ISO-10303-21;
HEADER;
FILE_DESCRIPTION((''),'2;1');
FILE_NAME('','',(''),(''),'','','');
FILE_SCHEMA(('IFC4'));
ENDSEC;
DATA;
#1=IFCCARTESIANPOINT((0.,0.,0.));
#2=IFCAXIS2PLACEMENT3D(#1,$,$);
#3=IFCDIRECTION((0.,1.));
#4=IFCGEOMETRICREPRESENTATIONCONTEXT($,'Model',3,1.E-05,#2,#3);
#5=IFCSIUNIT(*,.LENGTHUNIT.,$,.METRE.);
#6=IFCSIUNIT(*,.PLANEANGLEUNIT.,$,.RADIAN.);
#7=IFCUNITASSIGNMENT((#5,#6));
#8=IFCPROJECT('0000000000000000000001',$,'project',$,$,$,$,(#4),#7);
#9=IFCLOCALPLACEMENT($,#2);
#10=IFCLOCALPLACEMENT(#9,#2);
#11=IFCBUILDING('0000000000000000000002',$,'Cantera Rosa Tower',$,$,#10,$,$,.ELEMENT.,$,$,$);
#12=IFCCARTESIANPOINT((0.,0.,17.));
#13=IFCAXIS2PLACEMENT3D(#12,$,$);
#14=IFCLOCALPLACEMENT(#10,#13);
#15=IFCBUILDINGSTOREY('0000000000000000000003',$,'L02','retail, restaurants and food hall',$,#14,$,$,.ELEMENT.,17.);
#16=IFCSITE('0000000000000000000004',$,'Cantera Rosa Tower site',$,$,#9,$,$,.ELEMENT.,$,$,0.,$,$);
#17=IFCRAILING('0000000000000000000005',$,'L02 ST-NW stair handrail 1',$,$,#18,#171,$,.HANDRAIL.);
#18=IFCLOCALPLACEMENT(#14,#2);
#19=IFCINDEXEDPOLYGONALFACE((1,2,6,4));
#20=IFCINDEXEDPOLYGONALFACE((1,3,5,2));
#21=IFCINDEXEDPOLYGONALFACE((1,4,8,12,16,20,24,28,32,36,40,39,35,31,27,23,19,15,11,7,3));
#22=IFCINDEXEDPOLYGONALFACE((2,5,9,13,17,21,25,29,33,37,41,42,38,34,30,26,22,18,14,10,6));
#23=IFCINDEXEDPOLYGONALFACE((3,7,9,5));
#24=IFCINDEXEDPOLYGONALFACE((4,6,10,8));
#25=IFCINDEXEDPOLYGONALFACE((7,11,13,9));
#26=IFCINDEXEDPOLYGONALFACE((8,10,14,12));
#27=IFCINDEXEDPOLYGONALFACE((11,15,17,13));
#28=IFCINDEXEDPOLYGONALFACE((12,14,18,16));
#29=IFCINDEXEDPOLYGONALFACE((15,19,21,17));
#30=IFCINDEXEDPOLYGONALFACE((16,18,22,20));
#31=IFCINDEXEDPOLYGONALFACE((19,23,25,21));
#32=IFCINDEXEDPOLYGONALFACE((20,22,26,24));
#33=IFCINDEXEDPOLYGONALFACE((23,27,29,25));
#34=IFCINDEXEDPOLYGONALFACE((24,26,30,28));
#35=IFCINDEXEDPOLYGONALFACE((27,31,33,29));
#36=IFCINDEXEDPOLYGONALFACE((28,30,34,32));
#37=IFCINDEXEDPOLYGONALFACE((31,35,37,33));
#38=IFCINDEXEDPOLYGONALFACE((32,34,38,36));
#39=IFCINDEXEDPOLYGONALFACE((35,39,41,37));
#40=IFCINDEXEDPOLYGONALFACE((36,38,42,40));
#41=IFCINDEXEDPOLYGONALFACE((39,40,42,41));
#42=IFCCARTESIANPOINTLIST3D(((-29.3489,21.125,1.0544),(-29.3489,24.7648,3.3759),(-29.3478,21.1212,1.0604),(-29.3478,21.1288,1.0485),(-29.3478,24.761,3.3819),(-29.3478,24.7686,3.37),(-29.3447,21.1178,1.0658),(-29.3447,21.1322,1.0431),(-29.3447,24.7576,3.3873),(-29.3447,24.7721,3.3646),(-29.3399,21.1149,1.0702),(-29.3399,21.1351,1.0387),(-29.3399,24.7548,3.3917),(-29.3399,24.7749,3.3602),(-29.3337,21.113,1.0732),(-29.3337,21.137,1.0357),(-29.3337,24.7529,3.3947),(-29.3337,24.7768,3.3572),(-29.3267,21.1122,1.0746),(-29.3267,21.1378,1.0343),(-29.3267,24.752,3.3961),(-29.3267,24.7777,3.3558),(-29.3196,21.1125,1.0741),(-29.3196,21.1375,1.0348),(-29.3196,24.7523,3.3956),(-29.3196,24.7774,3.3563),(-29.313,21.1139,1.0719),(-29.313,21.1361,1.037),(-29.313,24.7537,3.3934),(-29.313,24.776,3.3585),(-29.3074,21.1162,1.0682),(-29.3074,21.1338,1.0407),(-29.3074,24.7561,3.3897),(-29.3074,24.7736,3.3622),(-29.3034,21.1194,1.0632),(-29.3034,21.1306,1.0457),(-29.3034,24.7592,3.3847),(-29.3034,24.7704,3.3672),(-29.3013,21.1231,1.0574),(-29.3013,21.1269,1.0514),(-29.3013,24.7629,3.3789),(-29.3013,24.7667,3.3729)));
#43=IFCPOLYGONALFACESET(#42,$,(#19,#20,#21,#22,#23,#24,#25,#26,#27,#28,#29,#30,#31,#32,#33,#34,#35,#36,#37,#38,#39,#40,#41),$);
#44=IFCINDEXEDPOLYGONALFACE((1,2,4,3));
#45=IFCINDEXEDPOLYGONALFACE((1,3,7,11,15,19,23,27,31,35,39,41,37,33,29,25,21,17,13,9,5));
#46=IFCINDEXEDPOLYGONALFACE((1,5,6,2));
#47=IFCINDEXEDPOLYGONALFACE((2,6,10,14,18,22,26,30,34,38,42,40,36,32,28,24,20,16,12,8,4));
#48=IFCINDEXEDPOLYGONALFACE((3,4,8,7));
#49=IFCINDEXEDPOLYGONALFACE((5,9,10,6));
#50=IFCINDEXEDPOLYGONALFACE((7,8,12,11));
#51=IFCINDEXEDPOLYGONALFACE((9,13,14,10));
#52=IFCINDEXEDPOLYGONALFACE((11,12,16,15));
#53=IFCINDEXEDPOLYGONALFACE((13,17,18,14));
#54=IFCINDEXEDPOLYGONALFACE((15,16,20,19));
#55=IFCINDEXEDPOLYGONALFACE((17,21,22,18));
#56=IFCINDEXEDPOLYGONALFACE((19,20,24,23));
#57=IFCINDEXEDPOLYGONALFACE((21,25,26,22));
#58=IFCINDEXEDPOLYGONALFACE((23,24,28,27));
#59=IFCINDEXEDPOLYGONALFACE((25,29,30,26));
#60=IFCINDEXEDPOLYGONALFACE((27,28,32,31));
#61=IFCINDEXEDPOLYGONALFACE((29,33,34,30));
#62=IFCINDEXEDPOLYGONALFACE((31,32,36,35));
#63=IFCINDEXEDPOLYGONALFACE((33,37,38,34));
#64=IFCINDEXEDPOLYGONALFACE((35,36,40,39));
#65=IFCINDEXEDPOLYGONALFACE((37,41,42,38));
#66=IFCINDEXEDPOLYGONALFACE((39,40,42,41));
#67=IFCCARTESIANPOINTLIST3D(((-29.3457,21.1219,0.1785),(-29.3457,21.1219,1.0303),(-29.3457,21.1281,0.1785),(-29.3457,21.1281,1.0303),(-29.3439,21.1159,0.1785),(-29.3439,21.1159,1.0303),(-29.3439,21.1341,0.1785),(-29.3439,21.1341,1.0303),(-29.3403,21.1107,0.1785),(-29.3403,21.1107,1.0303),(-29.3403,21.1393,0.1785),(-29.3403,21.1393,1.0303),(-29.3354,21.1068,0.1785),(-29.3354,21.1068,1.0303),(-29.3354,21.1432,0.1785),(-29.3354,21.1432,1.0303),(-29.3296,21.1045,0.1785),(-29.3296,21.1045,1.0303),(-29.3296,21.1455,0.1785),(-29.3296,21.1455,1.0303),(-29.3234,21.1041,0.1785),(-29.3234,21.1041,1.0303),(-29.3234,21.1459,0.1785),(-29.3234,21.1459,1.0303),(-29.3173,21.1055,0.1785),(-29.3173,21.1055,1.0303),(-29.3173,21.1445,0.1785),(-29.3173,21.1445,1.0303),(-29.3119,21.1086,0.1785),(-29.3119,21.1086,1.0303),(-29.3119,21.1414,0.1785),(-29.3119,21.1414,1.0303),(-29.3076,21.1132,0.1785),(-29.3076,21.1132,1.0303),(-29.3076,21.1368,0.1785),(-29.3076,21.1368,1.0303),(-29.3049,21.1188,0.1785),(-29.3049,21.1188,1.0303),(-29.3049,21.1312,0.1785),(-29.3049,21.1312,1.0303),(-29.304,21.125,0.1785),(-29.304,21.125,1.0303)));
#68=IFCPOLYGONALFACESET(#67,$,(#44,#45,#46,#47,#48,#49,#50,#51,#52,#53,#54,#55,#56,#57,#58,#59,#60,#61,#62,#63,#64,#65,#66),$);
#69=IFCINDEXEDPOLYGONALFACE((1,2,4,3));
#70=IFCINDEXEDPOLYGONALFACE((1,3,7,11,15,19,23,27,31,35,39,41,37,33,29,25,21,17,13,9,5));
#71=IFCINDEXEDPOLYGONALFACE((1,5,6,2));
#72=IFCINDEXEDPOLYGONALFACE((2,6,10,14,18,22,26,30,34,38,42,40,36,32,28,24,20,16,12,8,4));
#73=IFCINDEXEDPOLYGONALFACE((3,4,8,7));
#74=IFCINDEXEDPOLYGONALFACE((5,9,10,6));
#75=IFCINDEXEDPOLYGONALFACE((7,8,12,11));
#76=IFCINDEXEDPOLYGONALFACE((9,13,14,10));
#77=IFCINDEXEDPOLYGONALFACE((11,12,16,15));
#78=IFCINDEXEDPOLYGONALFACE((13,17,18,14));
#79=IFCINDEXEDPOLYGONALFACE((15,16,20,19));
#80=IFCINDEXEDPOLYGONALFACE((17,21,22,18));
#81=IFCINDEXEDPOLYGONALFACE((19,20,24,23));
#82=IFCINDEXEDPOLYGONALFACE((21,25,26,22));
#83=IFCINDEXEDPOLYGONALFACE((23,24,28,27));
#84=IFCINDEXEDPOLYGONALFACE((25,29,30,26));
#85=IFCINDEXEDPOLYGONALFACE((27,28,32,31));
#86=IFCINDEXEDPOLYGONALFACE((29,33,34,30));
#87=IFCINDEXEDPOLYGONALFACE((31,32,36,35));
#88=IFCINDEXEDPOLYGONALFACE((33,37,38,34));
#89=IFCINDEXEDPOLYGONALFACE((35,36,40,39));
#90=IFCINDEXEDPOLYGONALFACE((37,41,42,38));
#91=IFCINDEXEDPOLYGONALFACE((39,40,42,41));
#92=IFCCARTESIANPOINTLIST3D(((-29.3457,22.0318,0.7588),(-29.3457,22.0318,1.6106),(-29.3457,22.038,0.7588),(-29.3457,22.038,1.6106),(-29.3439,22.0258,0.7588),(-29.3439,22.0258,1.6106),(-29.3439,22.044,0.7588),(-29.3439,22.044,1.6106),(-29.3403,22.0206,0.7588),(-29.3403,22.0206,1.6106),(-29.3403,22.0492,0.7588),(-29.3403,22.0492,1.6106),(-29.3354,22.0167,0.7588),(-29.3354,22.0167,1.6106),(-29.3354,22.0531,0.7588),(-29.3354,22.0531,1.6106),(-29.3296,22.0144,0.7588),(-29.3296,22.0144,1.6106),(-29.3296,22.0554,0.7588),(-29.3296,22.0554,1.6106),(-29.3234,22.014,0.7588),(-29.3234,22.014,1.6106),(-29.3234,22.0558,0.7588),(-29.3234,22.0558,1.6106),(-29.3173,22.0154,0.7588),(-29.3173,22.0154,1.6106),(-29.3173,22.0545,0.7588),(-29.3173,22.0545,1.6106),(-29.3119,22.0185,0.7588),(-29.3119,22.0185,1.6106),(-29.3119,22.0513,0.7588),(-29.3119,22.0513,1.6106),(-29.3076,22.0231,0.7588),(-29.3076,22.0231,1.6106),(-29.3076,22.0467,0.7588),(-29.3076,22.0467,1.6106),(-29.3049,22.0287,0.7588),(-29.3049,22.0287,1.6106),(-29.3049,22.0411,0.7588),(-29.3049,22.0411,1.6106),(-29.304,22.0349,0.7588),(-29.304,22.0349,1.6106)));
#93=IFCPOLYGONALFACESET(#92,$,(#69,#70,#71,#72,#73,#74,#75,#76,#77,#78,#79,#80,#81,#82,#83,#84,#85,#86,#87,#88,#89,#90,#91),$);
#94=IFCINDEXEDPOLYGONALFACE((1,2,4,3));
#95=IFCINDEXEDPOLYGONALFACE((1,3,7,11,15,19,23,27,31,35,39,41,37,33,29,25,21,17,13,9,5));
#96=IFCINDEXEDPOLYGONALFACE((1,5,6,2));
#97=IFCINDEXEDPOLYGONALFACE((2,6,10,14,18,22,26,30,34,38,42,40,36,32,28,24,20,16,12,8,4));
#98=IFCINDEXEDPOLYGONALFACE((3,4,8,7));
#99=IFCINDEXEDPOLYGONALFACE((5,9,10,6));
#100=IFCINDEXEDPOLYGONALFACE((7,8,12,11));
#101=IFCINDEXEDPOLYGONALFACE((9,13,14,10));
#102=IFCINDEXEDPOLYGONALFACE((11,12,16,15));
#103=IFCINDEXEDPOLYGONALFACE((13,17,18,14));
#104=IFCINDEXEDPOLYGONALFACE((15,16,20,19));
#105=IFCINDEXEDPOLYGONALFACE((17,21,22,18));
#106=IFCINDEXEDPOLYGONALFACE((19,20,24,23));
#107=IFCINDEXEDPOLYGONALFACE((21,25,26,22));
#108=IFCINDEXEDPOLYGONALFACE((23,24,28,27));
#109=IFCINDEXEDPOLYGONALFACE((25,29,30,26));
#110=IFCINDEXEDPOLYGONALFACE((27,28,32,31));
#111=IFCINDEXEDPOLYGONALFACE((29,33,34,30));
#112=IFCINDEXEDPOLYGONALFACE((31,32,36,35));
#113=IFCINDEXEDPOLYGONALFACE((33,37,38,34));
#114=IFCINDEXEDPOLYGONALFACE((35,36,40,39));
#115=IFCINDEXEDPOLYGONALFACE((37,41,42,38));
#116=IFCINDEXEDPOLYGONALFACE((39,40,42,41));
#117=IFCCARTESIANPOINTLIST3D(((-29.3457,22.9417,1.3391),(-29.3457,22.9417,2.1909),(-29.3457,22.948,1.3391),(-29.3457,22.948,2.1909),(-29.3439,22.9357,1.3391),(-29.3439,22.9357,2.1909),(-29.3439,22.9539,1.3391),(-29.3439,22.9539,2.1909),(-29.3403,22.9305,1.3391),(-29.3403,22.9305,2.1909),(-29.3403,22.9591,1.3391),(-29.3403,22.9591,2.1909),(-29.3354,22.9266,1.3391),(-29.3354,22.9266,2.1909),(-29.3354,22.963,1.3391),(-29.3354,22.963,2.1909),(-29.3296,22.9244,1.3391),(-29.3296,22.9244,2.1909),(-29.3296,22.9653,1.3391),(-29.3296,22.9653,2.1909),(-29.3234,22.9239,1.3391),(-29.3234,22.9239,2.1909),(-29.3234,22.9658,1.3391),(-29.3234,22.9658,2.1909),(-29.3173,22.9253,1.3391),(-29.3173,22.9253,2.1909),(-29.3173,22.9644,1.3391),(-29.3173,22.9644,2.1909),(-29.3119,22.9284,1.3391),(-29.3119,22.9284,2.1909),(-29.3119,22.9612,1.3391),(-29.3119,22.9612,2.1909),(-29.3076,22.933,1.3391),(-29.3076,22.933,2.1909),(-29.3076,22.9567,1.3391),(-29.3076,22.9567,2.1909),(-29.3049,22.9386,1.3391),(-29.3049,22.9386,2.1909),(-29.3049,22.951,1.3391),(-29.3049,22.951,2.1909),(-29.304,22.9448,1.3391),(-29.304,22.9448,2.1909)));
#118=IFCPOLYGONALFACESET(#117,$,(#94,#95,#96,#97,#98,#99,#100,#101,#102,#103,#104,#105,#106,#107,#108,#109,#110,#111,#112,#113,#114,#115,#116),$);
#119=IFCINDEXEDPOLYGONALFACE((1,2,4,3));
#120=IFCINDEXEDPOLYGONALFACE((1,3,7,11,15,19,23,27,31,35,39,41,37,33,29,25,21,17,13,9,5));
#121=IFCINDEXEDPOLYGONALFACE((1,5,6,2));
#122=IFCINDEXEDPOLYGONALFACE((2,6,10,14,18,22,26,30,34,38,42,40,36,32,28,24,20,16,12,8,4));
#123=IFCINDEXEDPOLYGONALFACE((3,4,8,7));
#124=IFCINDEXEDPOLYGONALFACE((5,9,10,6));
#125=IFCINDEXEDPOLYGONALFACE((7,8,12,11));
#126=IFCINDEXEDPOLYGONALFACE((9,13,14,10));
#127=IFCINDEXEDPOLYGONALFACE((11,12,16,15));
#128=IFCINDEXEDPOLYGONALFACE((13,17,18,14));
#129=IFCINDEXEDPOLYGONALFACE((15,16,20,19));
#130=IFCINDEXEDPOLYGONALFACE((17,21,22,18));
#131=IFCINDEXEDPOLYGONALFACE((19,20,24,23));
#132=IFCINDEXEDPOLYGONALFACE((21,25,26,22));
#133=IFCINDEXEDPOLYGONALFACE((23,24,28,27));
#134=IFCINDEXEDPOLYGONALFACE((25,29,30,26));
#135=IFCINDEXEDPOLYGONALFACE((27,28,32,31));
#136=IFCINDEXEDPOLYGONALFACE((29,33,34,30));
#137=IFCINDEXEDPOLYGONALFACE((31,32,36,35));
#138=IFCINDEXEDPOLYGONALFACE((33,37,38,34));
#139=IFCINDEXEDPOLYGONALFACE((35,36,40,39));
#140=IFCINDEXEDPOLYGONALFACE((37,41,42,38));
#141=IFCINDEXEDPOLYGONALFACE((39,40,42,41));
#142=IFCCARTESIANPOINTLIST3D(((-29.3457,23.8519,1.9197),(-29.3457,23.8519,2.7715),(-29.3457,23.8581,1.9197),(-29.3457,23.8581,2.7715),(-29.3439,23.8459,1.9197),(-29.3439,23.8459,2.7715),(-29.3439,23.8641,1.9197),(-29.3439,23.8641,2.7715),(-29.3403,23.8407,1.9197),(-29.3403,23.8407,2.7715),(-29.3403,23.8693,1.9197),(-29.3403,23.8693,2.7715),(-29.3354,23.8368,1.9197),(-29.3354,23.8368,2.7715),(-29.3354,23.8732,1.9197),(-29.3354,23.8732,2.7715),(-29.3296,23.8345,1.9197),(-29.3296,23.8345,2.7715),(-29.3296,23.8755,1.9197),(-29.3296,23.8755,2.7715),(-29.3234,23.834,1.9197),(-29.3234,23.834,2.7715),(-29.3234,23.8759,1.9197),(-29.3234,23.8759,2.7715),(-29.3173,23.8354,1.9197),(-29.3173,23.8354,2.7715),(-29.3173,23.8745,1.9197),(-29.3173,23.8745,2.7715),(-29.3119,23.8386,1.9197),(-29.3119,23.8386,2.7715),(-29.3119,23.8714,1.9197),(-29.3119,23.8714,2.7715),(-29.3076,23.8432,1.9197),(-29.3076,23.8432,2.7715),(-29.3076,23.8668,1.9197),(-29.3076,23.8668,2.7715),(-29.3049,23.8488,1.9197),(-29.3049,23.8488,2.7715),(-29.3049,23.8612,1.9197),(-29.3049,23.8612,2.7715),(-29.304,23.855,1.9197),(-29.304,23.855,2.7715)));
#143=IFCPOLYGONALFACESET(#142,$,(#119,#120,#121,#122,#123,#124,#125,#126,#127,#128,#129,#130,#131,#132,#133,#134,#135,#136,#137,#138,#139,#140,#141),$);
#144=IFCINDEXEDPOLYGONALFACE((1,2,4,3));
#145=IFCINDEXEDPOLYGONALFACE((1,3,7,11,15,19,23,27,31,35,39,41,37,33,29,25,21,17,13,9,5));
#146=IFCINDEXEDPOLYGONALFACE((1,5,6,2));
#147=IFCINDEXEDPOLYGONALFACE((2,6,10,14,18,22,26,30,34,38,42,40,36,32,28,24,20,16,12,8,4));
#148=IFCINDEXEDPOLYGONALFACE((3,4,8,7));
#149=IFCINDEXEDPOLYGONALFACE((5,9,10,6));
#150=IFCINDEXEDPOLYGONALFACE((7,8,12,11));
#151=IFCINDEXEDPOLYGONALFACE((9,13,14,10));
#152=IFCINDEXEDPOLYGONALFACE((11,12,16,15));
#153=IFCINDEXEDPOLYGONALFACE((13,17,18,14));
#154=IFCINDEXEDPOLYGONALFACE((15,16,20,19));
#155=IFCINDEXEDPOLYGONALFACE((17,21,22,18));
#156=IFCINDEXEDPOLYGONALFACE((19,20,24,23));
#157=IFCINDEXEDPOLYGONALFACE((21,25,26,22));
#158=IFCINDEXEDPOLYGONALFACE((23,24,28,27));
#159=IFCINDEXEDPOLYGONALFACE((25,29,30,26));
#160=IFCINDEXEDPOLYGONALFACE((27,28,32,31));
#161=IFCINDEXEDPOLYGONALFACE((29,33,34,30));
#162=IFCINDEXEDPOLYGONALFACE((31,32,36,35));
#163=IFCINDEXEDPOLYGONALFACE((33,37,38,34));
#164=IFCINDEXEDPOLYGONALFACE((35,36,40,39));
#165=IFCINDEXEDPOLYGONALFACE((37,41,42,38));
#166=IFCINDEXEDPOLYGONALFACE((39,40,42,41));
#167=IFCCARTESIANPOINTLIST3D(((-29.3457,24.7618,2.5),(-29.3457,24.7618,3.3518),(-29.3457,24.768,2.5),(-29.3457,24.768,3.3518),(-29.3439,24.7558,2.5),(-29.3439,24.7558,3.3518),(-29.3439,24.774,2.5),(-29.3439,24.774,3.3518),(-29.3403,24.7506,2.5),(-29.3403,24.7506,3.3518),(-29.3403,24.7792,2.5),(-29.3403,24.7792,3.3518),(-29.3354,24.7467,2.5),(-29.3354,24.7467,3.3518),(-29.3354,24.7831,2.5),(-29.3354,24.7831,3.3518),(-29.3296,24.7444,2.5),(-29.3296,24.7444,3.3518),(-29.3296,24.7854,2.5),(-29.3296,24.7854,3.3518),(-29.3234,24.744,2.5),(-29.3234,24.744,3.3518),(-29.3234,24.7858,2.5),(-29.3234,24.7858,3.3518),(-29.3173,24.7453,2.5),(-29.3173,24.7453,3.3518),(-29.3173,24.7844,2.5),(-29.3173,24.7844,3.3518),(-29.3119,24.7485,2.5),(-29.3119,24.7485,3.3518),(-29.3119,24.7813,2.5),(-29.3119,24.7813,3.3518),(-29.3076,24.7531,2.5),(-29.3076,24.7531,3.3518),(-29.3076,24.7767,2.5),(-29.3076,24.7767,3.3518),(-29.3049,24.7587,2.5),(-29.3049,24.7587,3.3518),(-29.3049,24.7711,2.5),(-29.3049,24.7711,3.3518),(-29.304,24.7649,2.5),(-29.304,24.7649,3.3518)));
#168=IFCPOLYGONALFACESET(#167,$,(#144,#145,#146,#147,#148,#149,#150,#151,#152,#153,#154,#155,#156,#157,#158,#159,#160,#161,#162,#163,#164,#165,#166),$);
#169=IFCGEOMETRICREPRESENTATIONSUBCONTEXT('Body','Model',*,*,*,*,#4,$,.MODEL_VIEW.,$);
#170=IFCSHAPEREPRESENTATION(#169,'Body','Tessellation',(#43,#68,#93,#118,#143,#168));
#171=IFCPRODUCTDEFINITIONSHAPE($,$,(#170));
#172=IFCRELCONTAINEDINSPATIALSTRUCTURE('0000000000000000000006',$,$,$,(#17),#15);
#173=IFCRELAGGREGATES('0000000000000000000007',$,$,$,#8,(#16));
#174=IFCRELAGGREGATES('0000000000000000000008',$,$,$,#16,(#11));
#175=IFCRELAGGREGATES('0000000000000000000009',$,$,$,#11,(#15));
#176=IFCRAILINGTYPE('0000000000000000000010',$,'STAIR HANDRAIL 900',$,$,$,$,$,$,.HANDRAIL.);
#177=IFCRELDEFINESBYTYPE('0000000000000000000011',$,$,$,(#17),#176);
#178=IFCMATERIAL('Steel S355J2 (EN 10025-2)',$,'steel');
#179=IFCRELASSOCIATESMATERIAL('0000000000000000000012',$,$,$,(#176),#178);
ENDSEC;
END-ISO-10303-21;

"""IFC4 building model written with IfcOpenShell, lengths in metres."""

from ifc_helpers import new_model, si_unit, direction, frame, origin, origin_2d, place, context, subcontext, project, spatial, circle, extrude, material, type_object, element, save


model = new_model("IFC4")

# Units and contexts
model_context = context("Model", 3, precision=1e-05, world=origin(), true_north=direction((0.0, 1.0)))
body_context = subcontext(model_context, "Body", "Model", "MODEL_VIEW")
ifc_project = project(units=[si_unit("LENGTHUNIT", "METRE"), si_unit("PLANEANGLEUNIT", "RADIAN")], contexts=[model_context])

# Site, building, storey
site_placement = place(None, origin())
site = spatial("IfcSite", under=ifc_project, at=site_placement, Name="Cantera Rosa Tower site", CompositionType="ELEMENT", RefElevation=0.0)
building_placement = place(site_placement, origin())
building = spatial("IfcBuilding", under=site, at=building_placement, Name="Cantera Rosa Tower", CompositionType="ELEMENT")
storey_placement = place(building_placement, frame((0.0, 0.0, 17.0)))
storey = spatial("IfcBuildingStorey", under=building, at=storey_placement, Name="L02", Description="retail, restaurants and food hall", CompositionType="ELEMENT", Elevation=17.0)

# Railing
ifc_material_1 = material(Name="Steel S355J2 (EN 10025-2)", Category="steel")
railing_type_1 = type_object("IfcRailingType", Name="STAIR HANDRAIL 900", PredefinedType="HANDRAIL", material=ifc_material_1)
railing_1_placement = place(storey_placement, frame((-29.325, 21.125, 0.1785)))
element("IfcRailing", 1, at=railing_1_placement, inside=storey, type_object=railing_type_1, Name="L02 ST-NW stair handrail 1", PredefinedType="HANDRAIL", context=body_context, shape_type="SweptSolid", body=[
    extrude(circle(Radius=0.0239, at=origin_2d()), frame((0.0, 0.0, 0.876), z_axis=(0.0, 0.843112, 0.537739), x_axis=(-1.0, 0.0, 0.0)), (0.0, 0.0, 1.0), 4.3171),
    extrude(circle(Radius=0.021, at=origin_2d()), origin(), (0.0, 0.0, 1.0), 0.8518),
    extrude(circle(Radius=0.021, at=origin_2d()), frame((0.0, 0.9099, 0.5803)), (0.0, 0.0, 1.0), 0.8518),
    extrude(circle(Radius=0.021, at=origin_2d()), frame((0.0, 1.8198, 1.1606)), (0.0, 0.0, 1.0), 0.8518),
    extrude(circle(Radius=0.021, at=origin_2d()), frame((0.0, 2.73, 1.7412)), (0.0, 0.0, 1.0), 0.8518),
    extrude(circle(Radius=0.021, at=origin_2d()), frame((0.0, 3.6399, 2.3215)), (0.0, 0.0, 1.0), 0.8518),
])

save(model, "model.ifc")
